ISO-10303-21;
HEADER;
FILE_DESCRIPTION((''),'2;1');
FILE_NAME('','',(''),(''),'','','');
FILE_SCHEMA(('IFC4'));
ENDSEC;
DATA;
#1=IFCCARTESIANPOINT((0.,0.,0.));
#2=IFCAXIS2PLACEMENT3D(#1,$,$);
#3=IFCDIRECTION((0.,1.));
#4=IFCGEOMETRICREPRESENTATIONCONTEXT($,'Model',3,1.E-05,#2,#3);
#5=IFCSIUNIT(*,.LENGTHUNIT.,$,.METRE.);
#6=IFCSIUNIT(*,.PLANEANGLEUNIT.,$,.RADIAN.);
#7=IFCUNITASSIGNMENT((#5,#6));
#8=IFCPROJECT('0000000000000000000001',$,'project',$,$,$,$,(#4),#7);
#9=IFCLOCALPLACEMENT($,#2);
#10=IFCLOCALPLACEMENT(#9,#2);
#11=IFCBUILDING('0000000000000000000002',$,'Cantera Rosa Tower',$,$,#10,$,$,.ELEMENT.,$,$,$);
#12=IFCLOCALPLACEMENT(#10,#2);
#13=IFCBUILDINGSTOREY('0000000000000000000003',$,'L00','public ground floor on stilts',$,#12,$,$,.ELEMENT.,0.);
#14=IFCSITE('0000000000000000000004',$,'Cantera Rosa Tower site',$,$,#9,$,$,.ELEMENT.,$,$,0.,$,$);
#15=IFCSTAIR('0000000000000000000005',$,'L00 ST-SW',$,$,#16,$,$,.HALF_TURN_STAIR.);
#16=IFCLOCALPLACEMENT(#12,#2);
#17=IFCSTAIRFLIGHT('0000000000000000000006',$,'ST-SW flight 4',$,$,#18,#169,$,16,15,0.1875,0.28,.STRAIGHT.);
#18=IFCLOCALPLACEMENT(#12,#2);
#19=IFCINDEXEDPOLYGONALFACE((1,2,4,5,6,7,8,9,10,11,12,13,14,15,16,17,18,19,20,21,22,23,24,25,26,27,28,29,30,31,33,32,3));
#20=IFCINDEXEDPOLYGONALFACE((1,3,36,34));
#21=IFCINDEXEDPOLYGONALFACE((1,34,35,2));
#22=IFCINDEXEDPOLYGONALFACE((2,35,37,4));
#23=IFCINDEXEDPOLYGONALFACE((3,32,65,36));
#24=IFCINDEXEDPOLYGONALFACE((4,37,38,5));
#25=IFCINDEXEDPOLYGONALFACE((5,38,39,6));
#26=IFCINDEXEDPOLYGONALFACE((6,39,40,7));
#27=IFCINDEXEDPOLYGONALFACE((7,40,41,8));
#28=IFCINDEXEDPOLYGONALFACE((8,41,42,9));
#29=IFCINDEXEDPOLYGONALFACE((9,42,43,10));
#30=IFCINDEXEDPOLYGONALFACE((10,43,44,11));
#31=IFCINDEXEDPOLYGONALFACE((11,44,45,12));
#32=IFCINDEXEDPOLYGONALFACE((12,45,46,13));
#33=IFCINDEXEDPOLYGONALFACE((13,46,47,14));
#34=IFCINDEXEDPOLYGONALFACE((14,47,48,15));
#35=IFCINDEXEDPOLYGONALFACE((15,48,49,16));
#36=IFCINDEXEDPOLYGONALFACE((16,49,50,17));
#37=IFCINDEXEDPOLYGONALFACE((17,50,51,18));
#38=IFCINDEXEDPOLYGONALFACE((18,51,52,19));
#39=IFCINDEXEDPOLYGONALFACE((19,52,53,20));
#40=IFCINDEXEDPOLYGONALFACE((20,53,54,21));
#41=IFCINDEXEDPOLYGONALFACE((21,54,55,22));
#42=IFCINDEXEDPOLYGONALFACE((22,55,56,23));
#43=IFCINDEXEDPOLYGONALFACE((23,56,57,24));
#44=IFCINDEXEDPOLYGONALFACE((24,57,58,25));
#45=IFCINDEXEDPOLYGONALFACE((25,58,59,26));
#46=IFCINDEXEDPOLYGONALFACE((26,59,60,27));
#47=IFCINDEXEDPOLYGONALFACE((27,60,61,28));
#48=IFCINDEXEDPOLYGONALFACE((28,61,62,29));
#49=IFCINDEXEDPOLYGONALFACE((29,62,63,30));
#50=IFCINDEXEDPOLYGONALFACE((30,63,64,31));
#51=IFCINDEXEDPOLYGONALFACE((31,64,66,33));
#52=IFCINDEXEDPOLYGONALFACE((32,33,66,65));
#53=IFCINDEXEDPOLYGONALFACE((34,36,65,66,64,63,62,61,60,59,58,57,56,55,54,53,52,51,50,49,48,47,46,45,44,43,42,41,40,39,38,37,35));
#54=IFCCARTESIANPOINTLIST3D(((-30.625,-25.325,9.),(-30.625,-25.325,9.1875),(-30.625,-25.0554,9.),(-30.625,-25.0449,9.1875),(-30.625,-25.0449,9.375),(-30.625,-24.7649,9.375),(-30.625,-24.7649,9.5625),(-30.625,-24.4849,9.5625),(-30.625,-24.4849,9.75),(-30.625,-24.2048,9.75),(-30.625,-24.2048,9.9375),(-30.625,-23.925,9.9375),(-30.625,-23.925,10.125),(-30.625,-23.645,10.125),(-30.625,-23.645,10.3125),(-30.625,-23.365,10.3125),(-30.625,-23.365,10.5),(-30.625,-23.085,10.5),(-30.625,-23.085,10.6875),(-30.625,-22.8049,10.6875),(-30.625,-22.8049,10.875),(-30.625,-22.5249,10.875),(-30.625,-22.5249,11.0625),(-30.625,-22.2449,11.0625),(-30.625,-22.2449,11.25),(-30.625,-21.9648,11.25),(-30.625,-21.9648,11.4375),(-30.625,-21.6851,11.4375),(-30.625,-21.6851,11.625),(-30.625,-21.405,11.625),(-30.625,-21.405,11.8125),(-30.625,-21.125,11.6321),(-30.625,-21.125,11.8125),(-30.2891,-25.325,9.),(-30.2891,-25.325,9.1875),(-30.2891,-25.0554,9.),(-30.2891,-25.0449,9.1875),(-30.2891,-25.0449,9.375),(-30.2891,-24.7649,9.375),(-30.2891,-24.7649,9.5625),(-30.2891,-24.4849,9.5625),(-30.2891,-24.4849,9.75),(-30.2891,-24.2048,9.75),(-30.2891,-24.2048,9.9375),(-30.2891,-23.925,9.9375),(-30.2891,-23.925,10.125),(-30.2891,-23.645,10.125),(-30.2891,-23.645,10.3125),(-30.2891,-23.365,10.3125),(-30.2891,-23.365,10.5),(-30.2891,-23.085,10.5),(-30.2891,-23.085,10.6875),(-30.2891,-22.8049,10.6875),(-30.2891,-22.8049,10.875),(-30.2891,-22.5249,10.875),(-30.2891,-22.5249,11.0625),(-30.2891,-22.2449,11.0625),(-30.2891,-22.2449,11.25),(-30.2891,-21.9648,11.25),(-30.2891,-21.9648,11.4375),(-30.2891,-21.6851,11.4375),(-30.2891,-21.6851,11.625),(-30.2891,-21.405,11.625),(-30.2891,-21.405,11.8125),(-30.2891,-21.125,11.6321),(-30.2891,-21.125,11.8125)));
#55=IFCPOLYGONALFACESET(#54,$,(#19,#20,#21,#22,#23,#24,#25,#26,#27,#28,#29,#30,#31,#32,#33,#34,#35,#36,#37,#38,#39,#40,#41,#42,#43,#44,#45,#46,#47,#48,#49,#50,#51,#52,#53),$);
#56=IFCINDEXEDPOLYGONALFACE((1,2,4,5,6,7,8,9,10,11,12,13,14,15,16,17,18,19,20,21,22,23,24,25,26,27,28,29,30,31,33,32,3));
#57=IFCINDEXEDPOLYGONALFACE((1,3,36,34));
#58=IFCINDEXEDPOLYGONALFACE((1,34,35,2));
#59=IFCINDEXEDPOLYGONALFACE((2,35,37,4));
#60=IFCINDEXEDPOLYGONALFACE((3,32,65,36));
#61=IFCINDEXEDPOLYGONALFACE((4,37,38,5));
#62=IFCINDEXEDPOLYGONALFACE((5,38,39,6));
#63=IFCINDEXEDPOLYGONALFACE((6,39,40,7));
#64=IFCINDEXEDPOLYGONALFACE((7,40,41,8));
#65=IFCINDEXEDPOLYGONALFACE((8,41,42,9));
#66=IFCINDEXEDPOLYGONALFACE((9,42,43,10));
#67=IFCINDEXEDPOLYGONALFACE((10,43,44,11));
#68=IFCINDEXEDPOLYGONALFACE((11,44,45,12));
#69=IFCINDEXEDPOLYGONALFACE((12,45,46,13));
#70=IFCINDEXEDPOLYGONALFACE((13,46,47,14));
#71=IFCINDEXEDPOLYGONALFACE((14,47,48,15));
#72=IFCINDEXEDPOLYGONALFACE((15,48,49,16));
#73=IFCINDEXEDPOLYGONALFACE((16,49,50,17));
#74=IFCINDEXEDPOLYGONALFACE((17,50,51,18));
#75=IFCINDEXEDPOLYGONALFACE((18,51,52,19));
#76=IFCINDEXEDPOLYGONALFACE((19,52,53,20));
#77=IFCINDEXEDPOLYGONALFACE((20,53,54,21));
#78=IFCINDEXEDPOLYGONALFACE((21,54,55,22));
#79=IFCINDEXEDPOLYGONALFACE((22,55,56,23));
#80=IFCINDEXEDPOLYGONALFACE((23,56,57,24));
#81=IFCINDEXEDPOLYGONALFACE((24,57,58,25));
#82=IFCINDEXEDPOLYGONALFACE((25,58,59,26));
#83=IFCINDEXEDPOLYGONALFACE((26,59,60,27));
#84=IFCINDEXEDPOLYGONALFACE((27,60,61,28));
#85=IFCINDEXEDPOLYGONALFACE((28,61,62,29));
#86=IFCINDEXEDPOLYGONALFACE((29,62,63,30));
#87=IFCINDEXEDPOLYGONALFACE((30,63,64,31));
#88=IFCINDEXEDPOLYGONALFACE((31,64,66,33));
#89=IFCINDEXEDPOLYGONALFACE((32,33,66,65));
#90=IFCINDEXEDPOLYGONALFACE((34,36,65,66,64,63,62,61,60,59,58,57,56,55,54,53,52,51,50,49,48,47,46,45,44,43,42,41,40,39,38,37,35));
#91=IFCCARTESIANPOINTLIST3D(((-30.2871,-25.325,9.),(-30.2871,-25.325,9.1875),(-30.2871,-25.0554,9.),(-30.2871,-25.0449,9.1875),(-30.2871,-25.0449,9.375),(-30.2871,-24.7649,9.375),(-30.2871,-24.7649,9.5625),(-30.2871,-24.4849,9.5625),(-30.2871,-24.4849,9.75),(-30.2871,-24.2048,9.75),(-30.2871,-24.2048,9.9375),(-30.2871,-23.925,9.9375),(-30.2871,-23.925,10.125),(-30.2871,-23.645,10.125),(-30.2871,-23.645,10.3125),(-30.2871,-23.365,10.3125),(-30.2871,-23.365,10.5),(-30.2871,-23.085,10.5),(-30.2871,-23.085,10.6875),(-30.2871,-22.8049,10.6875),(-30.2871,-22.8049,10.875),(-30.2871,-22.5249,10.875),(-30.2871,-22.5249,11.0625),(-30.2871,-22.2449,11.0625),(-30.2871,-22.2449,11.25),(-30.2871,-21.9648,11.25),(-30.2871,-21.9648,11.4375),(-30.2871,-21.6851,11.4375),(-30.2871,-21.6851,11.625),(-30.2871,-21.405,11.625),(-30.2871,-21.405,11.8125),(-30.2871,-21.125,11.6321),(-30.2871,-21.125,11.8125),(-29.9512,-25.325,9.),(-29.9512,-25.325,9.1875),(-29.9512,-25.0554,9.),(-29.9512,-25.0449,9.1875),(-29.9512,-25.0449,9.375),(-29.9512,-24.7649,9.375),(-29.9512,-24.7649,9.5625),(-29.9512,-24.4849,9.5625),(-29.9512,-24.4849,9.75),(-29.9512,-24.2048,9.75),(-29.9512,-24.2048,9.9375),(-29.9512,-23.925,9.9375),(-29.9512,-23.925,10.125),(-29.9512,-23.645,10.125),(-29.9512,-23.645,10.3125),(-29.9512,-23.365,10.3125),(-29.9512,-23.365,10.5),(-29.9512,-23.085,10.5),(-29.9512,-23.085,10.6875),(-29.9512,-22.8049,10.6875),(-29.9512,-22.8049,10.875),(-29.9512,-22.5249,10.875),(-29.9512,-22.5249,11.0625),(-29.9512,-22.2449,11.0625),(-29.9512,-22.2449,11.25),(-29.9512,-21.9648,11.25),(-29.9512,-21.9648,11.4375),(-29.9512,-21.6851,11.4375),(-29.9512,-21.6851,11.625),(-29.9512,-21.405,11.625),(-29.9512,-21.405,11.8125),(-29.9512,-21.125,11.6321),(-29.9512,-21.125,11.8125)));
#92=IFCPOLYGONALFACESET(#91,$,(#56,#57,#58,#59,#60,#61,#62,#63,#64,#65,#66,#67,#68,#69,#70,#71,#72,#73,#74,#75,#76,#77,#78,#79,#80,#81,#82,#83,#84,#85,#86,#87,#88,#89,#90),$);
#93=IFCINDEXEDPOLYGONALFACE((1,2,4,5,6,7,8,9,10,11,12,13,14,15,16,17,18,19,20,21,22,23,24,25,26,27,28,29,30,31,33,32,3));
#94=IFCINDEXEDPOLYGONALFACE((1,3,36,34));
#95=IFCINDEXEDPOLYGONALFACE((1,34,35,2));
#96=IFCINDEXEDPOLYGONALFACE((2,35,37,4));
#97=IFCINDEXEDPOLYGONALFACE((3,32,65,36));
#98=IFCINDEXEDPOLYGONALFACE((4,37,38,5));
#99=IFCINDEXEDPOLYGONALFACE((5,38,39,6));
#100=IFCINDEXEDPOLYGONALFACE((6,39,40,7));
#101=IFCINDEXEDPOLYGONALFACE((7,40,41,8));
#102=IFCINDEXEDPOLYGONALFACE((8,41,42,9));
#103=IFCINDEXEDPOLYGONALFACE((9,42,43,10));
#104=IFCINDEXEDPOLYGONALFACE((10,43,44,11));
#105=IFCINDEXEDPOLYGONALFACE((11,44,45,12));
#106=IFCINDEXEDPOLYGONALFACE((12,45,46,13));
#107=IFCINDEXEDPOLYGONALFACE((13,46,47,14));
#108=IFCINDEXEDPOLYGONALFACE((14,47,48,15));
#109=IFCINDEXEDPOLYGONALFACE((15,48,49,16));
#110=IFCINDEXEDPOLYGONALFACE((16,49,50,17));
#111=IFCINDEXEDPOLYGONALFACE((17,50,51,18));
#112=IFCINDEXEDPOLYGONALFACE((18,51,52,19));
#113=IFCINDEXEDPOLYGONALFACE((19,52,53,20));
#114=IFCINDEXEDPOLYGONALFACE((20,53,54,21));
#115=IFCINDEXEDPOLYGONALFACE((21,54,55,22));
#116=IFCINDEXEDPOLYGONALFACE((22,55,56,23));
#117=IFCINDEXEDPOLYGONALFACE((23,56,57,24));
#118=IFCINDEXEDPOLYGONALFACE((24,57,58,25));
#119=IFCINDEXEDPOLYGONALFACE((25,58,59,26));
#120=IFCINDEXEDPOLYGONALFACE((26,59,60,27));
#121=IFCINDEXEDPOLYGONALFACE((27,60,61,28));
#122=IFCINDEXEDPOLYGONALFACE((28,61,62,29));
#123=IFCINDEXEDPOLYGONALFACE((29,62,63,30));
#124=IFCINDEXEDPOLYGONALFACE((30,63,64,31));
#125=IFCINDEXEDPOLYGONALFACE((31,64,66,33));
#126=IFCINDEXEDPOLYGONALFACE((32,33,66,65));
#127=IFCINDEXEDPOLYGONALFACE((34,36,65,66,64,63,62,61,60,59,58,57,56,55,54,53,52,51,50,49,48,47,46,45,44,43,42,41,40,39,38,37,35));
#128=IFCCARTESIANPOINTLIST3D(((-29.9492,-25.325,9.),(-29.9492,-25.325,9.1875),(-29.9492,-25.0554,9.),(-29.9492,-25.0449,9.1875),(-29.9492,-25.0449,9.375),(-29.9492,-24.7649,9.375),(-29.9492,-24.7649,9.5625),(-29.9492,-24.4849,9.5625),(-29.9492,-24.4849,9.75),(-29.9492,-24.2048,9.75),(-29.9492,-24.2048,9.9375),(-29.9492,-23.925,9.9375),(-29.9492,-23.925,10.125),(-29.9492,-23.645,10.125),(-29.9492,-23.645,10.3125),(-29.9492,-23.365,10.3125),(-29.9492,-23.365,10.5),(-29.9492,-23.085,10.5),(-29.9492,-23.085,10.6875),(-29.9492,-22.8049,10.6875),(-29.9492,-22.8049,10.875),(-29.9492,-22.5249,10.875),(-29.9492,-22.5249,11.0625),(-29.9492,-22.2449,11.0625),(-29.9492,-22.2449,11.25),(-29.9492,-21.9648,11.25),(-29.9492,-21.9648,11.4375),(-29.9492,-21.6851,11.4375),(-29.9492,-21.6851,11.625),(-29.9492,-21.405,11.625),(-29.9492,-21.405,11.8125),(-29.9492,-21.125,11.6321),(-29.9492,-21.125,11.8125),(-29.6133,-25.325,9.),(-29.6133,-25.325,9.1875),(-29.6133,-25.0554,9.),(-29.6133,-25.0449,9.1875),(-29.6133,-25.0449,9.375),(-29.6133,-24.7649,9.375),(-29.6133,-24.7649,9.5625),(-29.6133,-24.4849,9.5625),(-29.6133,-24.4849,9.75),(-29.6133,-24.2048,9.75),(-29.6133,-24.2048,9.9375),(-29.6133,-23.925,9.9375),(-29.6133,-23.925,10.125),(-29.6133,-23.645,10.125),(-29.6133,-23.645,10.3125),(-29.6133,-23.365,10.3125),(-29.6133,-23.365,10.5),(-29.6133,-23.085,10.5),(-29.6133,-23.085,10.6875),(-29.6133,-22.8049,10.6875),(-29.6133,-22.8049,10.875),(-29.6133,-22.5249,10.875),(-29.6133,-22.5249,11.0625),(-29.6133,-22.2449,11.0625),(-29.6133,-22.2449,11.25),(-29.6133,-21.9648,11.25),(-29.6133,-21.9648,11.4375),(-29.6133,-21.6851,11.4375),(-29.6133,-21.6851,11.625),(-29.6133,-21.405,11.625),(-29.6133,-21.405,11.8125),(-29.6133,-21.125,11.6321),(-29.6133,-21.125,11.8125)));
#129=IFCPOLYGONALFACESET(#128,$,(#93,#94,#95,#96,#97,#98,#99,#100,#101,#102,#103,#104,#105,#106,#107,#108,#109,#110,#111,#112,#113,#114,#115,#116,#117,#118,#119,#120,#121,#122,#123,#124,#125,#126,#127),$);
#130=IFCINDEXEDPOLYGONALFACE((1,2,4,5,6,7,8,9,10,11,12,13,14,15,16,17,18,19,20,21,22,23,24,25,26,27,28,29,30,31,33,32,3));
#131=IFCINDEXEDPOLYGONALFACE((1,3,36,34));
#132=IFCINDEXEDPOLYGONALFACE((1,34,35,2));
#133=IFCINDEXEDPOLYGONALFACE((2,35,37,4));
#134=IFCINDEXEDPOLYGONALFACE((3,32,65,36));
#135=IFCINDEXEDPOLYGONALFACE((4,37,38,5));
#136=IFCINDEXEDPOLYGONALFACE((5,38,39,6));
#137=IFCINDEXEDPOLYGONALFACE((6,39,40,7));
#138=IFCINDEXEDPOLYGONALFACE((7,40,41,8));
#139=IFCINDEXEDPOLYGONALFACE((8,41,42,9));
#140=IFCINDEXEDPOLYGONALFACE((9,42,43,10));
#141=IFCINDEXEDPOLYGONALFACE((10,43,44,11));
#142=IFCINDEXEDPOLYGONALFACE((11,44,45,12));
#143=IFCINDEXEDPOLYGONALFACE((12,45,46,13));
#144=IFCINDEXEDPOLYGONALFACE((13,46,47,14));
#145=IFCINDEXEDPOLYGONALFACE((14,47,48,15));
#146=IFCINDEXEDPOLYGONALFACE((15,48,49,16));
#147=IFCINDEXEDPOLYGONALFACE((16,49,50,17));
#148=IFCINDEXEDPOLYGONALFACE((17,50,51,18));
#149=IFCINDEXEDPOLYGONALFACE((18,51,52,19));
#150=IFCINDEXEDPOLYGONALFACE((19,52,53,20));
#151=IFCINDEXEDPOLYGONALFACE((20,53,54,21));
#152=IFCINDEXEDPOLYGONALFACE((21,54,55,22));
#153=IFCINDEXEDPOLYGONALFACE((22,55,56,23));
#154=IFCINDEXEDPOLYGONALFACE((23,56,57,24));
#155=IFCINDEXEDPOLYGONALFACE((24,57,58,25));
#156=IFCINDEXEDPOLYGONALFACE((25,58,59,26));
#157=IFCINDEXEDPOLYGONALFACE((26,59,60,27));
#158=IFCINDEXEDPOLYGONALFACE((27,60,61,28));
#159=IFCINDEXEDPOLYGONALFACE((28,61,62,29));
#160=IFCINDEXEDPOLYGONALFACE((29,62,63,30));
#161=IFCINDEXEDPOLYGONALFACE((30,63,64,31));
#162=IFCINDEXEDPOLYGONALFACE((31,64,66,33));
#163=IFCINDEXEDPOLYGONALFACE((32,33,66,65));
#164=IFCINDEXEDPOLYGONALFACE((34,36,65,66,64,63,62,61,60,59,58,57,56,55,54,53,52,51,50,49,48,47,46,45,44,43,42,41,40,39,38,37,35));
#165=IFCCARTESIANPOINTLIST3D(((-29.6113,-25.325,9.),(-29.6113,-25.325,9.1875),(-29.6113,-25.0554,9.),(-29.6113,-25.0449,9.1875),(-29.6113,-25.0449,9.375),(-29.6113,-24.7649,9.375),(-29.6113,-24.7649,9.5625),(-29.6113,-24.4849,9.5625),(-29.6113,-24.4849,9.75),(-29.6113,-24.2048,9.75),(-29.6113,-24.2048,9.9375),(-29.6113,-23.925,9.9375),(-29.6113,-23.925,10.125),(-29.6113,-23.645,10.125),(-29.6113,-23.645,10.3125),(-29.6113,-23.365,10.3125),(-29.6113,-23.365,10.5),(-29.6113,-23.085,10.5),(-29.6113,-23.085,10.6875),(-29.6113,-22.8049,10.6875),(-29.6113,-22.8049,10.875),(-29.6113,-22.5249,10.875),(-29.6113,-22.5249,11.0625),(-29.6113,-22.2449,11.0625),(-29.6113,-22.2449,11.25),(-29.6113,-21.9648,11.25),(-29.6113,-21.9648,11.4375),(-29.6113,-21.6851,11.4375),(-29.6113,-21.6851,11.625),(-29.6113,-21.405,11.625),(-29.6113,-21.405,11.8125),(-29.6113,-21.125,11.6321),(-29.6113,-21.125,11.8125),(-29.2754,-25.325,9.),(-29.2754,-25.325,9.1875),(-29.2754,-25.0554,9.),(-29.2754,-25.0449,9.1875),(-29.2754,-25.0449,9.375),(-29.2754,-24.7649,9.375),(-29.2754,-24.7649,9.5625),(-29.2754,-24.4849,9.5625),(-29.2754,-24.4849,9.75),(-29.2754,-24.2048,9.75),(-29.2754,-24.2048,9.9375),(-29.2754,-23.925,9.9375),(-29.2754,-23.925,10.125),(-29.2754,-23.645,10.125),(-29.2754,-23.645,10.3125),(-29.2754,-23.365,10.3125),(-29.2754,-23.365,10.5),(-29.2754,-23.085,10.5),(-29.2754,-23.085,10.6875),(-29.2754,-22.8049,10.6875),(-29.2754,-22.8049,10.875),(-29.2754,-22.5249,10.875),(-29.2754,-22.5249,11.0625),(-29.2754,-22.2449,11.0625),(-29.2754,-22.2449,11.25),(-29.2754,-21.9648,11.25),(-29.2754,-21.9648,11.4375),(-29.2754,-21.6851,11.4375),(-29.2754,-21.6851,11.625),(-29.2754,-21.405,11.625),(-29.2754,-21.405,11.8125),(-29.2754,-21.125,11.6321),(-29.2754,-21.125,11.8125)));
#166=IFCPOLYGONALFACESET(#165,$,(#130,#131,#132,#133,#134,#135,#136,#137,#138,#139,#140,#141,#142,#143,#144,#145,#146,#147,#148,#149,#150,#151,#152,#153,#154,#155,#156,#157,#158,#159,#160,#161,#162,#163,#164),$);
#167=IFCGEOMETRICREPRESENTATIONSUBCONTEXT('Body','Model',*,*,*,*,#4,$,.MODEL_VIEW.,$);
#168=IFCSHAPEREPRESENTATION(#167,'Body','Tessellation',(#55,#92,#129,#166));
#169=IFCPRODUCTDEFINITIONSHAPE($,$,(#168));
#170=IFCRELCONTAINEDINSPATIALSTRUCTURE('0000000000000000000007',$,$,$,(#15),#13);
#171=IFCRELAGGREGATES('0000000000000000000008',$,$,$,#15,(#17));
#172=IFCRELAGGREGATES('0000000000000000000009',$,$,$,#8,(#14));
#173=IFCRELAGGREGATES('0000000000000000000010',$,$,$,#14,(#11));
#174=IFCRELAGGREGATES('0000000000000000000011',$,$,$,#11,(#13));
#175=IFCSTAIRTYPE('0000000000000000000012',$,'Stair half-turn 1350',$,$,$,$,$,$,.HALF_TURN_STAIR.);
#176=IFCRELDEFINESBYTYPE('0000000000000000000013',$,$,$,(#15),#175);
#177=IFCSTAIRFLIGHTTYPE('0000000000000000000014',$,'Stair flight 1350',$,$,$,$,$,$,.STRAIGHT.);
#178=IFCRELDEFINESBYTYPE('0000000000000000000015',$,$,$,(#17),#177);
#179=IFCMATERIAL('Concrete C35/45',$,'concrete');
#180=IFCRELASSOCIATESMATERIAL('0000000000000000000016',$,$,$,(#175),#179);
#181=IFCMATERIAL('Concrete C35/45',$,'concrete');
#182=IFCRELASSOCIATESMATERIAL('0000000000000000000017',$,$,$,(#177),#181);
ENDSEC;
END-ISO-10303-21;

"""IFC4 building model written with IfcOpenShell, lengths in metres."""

from ifc_helpers import new_model, si_unit, direction, frame, origin, place, context, subcontext, project, spatial, polyline, outline, extrude, material, type_object, element, aggregate, save


model = new_model("IFC4")

# Units and contexts
model_context = context("Model", 3, precision=1e-05, world=origin(), true_north=direction((0.0, 1.0)))
body_context = subcontext(model_context, "Body", "Model", "MODEL_VIEW")
ifc_project = project(units=[si_unit("LENGTHUNIT", "METRE"), si_unit("PLANEANGLEUNIT", "RADIAN")], contexts=[model_context])

# Site, building, storey
site_placement = place(None, origin())
site = spatial("IfcSite", under=ifc_project, at=site_placement, Name="Cantera Rosa Tower site", CompositionType="ELEMENT", RefElevation=0.0)
building_placement = place(site_placement, origin())
building = spatial("IfcBuilding", under=site, at=building_placement, Name="Cantera Rosa Tower", CompositionType="ELEMENT")
storey_placement = place(building_placement, origin())
storey = spatial("IfcBuildingStorey", under=building, at=storey_placement, Name="L00", Description="public ground floor on stilts", CompositionType="ELEMENT", Elevation=0.0)

# Stair, stair flight
ifc_material_1 = material(Name="Concrete C35/45", Category="concrete")
stair_type = type_object("IfcStairType", Name="Stair half-turn 1350", PredefinedType="HALF_TURN_STAIR", material=ifc_material_1)
stair_placement = place(storey_placement, origin())
stair = element("IfcStair", 1, at=stair_placement, inside=storey, type_object=stair_type, Name="L00 ST-SW", PredefinedType="HALF_TURN_STAIR")
ifc_material_2 = material(Name="Concrete C35/45", Category="concrete")
stair_flight_type = type_object("IfcStairFlightType", Name="Stair flight 1350", PredefinedType="STRAIGHT", material=ifc_material_2)
stair_flight_1_placement = place(storey_placement, frame((-29.95, -25.325, 9.0), z_axis=(0.0, 0.0, 1.0), x_axis=(0.0, 1.0, 0.0)))
stair_flight_1 = element("IfcStairFlight", 2, at=stair_flight_1_placement, type_object=stair_flight_type, Name="ST-SW flight 4", NumberOfRisers=16, NumberOfTreads=15, PredefinedType="STRAIGHT", RiserHeight=0.1875, TreadLength=0.28, context=body_context, shape_type="SweptSolid", body=[
    extrude(outline(polyline([(0.0, 0.0), (0.0, 0.1875), (0.28, 0.1875), (0.28, 0.375), (0.5601, 0.375), (0.5601, 0.5625), (0.8401, 0.5625), (0.8401, 0.75), (1.1201, 0.75), (1.1201, 0.9375), (1.3999, 0.9375), (1.3999, 1.125), (1.6799, 1.125), (1.6799, 1.3125), (1.96, 1.3125), (1.96, 1.5), (2.24, 1.5), (2.24, 1.6875), (2.52, 1.6875), (2.52, 1.875), (2.8, 1.875), (2.8, 2.0625), (3.0801, 2.0625), (3.0801, 2.25), (3.3601, 2.25), (3.3601, 2.4375), (3.6399, 2.4375), (3.6399, 2.625), (3.9199, 2.625), (3.9199, 2.8125), (4.2, 2.8125), (4.2, 3.0), (4.2, 2.6321), (0.2695, 0.0), (0.0, 0.0)])), frame((0.0, 0.675, 0.0), z_axis=(0.0, -1.0, 0.0), x_axis=(1.0, 0.0, 0.0)), (0.0, 0.0, 1.0), 0.3359),
    extrude(outline(polyline([(0.0, 0.0), (0.0, 0.1875), (0.28, 0.1875), (0.28, 0.375), (0.5601, 0.375), (0.5601, 0.5625), (0.8401, 0.5625), (0.8401, 0.75), (1.1201, 0.75), (1.1201, 0.9375), (1.3999, 0.9375), (1.3999, 1.125), (1.6799, 1.125), (1.6799, 1.3125), (1.96, 1.3125), (1.96, 1.5), (2.24, 1.5), (2.24, 1.6875), (2.52, 1.6875), (2.52, 1.875), (2.8, 1.875), (2.8, 2.0625), (3.0801, 2.0625), (3.0801, 2.25), (3.3601, 2.25), (3.3601, 2.4375), (3.6399, 2.4375), (3.6399, 2.625), (3.9199, 2.625), (3.9199, 2.8125), (4.2, 2.8125), (4.2, 3.0), (4.2, 2.6321), (0.2695, 0.0), (0.0, 0.0)])), frame((0.0, 0.3372, 0.0), z_axis=(0.0, -1.0, 0.0), x_axis=(1.0, 0.0, 0.0)), (0.0, 0.0, 1.0), 0.3359),
    extrude(outline(polyline([(0.0, 0.0), (0.0, 0.1875), (0.28, 0.1875), (0.28, 0.375), (0.5601, 0.375), (0.5601, 0.5625), (0.8401, 0.5625), (0.8401, 0.75), (1.1201, 0.75), (1.1201, 0.9375), (1.3999, 0.9375), (1.3999, 1.125), (1.6799, 1.125), (1.6799, 1.3125), (1.96, 1.3125), (1.96, 1.5), (2.24, 1.5), (2.24, 1.6875), (2.52, 1.6875), (2.52, 1.875), (2.8, 1.875), (2.8, 2.0625), (3.0801, 2.0625), (3.0801, 2.25), (3.3601, 2.25), (3.3601, 2.4375), (3.6399, 2.4375), (3.6399, 2.625), (3.9199, 2.625), (3.9199, 2.8125), (4.2, 2.8125), (4.2, 3.0), (4.2, 2.6321), (0.2695, 0.0), (0.0, 0.0)])), frame((0.0, -0.0007, 0.0), z_axis=(0.0, -1.0, 0.0), x_axis=(1.0, 0.0, 0.0)), (0.0, 0.0, 1.0), 0.3359),
    extrude(outline(polyline([(0.0, 0.0), (0.0, 0.1875), (0.28, 0.1875), (0.28, 0.375), (0.5601, 0.375), (0.5601, 0.5625), (0.8401, 0.5625), (0.8401, 0.75), (1.1201, 0.75), (1.1201, 0.9375), (1.3999, 0.9375), (1.3999, 1.125), (1.6799, 1.125), (1.6799, 1.3125), (1.96, 1.3125), (1.96, 1.5), (2.24, 1.5), (2.24, 1.6875), (2.52, 1.6875), (2.52, 1.875), (2.8, 1.875), (2.8, 2.0625), (3.0801, 2.0625), (3.0801, 2.25), (3.3601, 2.25), (3.3601, 2.4375), (3.6399, 2.4375), (3.6399, 2.625), (3.9199, 2.625), (3.9199, 2.8125), (4.2, 2.8125), (4.2, 3.0), (4.2, 2.6321), (0.2695, 0.0), (0.0, 0.0)])), frame((0.0, -0.3386, 0.0), z_axis=(0.0, -1.0, 0.0), x_axis=(1.0, 0.0, 0.0)), (0.0, 0.0, 1.0), 0.3359),
])
aggregate(stair, [stair_flight_1])

save(model, "model.ifc")
